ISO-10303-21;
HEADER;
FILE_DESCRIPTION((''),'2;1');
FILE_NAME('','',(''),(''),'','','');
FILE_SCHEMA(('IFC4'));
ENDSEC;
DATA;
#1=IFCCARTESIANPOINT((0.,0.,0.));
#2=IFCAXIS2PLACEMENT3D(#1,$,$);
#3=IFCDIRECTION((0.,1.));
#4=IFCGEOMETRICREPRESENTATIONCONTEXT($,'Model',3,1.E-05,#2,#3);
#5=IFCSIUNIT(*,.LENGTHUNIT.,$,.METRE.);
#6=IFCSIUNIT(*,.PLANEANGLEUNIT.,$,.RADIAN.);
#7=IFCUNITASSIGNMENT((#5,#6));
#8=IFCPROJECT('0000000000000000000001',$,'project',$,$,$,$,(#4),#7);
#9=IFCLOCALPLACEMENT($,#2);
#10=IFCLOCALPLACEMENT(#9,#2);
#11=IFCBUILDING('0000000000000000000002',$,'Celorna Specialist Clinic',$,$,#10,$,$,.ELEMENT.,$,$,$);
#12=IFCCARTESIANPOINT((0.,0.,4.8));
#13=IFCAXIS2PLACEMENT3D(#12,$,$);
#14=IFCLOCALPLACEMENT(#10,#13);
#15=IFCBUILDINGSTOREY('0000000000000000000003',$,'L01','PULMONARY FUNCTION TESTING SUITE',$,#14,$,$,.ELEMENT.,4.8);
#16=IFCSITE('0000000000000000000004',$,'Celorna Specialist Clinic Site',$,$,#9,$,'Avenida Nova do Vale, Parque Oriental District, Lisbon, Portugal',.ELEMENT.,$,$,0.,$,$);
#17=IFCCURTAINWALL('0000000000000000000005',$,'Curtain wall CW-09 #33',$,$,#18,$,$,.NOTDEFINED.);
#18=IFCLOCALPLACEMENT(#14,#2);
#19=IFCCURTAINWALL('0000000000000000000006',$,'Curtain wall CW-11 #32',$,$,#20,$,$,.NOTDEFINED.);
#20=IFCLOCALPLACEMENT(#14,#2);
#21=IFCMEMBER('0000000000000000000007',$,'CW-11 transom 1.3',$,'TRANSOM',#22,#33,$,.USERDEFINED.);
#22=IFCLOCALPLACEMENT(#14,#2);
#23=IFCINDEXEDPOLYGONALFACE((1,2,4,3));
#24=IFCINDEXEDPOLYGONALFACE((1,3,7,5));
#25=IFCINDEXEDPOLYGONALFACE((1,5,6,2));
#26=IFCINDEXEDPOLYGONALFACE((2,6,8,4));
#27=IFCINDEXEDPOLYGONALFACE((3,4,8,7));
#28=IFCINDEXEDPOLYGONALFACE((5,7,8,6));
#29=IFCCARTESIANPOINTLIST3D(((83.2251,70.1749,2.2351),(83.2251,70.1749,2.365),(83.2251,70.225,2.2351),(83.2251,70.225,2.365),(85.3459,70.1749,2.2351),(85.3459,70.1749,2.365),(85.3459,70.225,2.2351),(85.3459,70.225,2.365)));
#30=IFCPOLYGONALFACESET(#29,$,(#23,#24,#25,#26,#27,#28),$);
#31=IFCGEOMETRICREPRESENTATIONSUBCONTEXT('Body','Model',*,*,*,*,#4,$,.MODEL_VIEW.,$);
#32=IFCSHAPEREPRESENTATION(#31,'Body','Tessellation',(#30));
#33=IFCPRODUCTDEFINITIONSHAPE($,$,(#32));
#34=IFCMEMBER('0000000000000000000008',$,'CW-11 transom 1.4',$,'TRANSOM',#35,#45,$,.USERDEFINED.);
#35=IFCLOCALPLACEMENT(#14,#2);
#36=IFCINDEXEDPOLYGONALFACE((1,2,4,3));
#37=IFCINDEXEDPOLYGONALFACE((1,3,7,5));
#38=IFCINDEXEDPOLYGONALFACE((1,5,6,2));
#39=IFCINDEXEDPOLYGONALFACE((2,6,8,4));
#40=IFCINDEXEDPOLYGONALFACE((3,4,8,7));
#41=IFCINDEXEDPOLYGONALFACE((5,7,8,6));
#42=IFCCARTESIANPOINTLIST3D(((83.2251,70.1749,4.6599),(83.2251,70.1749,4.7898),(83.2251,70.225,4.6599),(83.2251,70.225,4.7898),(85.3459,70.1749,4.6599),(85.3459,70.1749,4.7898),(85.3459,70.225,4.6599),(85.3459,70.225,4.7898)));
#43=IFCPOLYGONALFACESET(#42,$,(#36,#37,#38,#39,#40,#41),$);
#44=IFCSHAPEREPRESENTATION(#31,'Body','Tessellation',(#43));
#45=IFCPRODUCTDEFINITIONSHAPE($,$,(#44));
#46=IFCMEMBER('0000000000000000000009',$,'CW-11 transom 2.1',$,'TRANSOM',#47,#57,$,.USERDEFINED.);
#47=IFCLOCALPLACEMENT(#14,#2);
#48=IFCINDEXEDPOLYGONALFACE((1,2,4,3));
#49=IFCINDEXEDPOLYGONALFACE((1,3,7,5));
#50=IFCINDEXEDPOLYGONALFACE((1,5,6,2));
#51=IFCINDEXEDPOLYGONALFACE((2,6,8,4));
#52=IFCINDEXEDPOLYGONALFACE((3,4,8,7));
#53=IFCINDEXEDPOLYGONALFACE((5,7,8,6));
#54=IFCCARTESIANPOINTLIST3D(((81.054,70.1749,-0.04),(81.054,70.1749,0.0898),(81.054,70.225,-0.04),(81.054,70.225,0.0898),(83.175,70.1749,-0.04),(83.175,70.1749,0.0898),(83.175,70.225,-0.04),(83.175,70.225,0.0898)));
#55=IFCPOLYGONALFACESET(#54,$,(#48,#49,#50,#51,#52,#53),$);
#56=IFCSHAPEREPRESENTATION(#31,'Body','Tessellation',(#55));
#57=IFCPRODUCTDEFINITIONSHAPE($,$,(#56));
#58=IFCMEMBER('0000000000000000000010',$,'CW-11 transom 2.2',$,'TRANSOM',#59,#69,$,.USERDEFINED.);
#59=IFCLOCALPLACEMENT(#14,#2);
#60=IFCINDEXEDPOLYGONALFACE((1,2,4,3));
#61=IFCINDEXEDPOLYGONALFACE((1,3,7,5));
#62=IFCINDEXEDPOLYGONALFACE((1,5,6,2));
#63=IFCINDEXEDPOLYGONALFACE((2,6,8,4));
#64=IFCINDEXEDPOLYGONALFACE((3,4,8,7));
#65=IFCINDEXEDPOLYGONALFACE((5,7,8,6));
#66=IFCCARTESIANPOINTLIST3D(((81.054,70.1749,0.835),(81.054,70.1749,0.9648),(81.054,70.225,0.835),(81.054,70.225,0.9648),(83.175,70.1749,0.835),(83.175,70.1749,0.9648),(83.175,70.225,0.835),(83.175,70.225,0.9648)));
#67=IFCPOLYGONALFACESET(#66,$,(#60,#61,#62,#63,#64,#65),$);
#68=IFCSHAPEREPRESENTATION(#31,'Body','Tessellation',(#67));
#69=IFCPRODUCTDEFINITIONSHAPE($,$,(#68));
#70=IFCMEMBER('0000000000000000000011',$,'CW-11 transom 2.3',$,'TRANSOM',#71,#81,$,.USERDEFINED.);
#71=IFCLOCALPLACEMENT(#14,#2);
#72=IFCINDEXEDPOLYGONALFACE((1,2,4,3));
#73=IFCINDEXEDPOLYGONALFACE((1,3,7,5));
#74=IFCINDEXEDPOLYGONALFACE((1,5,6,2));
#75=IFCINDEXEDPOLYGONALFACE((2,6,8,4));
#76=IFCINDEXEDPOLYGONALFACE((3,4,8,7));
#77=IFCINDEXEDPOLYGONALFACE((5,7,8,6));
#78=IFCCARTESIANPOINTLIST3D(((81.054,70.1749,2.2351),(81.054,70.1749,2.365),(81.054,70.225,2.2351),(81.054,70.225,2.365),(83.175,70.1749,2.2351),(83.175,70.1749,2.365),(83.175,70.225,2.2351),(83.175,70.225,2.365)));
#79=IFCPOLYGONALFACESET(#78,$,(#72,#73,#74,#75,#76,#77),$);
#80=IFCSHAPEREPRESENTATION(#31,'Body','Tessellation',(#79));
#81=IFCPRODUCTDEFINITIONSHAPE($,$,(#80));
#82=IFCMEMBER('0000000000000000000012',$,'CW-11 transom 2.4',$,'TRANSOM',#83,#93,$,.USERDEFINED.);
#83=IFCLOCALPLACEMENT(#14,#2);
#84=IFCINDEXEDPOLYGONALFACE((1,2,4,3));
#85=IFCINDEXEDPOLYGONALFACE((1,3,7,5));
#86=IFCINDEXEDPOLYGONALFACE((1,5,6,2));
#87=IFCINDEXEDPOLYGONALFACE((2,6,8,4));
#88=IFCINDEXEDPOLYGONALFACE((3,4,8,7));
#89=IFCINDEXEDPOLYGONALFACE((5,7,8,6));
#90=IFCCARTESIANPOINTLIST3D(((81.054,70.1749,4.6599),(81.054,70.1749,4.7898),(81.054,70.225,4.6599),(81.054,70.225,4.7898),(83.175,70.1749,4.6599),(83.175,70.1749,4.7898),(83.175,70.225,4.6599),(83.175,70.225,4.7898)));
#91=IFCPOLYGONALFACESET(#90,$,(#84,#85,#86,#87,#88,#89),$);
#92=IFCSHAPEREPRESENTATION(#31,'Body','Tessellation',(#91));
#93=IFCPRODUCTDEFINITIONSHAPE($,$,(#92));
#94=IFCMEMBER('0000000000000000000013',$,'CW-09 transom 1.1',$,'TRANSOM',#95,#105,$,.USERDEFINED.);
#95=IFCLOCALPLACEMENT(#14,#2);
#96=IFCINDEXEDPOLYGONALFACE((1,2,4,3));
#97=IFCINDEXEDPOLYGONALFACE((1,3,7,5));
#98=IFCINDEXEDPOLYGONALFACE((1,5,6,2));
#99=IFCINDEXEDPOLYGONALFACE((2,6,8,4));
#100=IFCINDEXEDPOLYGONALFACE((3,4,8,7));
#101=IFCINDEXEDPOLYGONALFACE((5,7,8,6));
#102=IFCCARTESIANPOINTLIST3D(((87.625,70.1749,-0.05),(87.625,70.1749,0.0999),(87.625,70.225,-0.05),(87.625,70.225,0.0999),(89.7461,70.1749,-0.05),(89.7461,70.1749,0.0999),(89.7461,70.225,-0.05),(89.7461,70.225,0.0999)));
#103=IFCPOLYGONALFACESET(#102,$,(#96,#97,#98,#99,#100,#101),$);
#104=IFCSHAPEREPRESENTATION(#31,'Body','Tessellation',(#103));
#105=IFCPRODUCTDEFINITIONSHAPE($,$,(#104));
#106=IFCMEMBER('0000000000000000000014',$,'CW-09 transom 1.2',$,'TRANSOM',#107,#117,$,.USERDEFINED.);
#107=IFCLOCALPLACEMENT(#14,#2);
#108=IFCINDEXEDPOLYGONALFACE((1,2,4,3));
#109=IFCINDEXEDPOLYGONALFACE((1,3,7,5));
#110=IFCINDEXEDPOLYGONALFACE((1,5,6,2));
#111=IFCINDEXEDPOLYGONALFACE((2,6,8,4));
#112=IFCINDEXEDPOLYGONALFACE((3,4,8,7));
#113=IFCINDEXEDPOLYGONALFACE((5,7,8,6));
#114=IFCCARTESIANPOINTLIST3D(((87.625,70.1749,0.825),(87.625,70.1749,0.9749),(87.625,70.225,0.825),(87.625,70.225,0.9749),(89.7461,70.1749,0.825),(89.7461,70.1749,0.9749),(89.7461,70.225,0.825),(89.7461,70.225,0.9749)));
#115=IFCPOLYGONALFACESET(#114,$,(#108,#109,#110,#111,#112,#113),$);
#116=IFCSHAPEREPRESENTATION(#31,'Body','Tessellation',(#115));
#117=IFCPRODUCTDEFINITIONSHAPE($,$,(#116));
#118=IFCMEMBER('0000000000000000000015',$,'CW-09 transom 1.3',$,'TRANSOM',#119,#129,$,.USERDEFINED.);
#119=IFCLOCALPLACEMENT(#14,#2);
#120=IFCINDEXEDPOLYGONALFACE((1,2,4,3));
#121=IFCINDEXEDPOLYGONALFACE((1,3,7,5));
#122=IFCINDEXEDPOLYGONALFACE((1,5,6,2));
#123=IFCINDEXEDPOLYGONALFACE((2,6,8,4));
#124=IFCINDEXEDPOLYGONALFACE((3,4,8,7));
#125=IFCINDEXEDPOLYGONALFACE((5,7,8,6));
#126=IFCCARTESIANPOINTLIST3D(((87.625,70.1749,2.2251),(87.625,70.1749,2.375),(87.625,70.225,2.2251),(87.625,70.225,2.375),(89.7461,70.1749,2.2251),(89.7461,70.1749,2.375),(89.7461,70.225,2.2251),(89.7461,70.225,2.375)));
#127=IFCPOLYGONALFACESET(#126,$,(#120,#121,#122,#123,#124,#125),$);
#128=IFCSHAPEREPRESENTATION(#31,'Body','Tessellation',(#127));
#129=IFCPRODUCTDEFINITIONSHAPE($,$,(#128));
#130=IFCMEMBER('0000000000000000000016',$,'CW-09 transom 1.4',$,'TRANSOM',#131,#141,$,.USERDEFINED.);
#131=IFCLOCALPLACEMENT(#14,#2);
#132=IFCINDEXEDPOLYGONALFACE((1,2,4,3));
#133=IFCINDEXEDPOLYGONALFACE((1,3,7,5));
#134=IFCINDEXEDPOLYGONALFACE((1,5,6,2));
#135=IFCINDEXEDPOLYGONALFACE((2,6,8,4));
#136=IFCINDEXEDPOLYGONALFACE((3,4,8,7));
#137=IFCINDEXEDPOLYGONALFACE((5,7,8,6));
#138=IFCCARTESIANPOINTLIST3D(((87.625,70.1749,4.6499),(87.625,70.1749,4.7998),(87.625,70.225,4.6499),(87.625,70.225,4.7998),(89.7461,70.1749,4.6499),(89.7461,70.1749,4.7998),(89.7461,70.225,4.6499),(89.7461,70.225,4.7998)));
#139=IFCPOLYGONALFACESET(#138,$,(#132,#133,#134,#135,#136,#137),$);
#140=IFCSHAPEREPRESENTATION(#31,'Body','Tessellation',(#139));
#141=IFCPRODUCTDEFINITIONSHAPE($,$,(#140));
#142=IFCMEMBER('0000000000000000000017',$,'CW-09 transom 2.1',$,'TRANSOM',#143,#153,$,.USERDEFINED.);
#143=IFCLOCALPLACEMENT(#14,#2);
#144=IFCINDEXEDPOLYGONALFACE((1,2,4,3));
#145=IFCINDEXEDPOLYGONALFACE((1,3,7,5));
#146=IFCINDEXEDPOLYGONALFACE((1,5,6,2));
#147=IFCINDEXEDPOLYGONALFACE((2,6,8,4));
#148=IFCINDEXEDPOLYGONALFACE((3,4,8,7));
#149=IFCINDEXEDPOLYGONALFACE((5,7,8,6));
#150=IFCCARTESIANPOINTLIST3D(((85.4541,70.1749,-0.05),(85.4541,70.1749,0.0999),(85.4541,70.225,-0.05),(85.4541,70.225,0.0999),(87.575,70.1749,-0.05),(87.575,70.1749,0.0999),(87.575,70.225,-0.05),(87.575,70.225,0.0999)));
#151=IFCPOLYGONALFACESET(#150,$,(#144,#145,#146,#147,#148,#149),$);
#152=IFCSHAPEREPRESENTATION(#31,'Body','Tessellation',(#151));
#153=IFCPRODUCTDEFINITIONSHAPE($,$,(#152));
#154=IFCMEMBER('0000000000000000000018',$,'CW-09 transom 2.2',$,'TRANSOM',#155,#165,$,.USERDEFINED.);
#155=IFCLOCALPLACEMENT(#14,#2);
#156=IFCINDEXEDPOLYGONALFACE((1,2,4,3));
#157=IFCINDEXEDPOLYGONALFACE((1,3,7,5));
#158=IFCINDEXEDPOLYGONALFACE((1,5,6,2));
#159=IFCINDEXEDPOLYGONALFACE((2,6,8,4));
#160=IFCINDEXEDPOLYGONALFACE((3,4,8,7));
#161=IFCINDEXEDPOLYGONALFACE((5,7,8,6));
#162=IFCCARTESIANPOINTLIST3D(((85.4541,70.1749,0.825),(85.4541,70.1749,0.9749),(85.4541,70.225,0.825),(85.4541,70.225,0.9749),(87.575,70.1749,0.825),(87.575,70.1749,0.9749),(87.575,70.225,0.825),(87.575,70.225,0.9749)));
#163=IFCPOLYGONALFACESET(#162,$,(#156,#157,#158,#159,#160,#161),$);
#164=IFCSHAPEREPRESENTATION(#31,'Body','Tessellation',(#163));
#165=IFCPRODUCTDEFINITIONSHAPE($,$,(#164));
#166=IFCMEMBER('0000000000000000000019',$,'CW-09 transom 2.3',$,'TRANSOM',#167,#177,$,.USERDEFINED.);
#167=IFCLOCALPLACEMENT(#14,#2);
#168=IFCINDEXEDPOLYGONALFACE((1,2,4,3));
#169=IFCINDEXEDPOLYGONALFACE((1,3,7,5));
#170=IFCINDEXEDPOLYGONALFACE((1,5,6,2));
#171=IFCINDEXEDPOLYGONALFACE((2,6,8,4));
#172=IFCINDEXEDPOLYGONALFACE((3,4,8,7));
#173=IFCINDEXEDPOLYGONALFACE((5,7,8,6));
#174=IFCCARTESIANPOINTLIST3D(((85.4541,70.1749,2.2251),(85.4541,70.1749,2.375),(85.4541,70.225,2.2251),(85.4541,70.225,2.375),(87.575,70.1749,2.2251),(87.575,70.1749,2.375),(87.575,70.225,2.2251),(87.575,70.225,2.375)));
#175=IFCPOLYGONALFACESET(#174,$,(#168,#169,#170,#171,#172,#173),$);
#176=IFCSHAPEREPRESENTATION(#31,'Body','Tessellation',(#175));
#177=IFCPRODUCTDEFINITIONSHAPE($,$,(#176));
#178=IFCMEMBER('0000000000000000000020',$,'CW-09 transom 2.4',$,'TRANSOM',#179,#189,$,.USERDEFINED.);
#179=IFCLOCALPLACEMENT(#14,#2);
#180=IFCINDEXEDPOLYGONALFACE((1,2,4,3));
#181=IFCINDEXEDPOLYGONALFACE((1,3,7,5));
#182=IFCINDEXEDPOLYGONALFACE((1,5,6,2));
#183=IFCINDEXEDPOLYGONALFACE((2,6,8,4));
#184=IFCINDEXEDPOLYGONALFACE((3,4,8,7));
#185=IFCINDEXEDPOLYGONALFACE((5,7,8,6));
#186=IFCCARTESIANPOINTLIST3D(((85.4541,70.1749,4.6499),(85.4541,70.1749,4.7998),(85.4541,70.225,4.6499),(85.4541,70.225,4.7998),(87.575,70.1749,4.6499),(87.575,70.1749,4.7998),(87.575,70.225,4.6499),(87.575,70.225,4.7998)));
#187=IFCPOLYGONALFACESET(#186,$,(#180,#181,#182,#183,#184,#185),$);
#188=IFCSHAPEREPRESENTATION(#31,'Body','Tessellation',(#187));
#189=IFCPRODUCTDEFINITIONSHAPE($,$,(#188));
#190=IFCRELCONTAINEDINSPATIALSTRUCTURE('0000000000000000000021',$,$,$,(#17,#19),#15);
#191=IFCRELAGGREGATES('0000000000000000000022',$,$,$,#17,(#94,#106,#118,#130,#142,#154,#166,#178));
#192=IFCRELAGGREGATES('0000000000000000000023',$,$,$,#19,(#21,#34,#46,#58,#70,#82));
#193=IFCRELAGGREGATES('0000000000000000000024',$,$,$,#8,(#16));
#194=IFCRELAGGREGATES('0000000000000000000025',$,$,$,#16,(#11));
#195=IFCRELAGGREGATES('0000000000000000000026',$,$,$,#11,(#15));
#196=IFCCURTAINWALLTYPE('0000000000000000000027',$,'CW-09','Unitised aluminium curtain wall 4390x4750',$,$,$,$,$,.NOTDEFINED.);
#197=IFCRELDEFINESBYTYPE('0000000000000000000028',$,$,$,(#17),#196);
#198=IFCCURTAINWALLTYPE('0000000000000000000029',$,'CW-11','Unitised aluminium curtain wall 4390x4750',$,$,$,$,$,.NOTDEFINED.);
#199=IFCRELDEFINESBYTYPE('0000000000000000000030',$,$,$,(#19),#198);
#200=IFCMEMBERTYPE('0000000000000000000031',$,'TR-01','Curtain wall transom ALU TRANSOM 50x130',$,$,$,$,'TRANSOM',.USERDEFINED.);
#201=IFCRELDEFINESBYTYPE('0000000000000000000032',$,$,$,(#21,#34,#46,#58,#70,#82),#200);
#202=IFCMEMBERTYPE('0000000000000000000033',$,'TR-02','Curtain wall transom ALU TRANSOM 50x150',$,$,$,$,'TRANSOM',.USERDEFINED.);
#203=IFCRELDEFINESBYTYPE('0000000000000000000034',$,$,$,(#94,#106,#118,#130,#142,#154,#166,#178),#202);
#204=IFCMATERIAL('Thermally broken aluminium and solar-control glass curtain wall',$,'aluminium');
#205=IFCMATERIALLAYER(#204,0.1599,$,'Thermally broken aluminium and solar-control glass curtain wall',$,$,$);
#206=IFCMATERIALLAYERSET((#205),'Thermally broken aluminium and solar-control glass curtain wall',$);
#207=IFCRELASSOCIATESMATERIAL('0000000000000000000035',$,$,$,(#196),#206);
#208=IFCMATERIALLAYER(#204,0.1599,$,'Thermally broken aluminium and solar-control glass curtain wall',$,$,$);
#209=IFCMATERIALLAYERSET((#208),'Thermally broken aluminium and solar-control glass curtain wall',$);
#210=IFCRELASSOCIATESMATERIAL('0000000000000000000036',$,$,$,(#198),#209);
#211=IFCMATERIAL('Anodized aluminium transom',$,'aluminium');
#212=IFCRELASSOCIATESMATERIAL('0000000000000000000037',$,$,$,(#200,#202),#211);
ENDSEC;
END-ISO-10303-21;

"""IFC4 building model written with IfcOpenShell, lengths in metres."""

from ifc_helpers import new_model, si_unit, direction, frame, origin, origin_2d, place, context, subcontext, project, spatial, rectangle, extrude, material, layer, layer_set, material_profile, profile_set, type_object, element, aggregate, save


model = new_model("IFC4")

# Units and contexts
model_context = context("Model", 3, precision=1e-05, world=origin(), true_north=direction((0.0, 1.0)))
body_context = subcontext(model_context, "Body", "Model", "MODEL_VIEW")
ifc_project = project(units=[si_unit("LENGTHUNIT", "METRE"), si_unit("PLANEANGLEUNIT", "RADIAN")], contexts=[model_context])

# Site, building, storey
site_placement = place(None, origin())
site = spatial("IfcSite", under=ifc_project, at=site_placement, Name="Celorna Specialist Clinic Site", LongName="Avenida Nova do Vale, Parque Oriental District, Lisbon, Portugal", CompositionType="ELEMENT", RefElevation=0.0)
building_placement = place(site_placement, origin())
building = spatial("IfcBuilding", under=site, at=building_placement, Name="Celorna Specialist Clinic", CompositionType="ELEMENT")
storey_placement = place(building_placement, frame((0.0, 0.0, 4.8)))
storey = spatial("IfcBuildingStorey", under=building, at=storey_placement, Name="L01", Description="PULMONARY FUNCTION TESTING SUITE", CompositionType="ELEMENT", Elevation=4.8)

# Curtain walls, members
ifc_material_1 = material(Name="Thermally broken aluminium and solar-control glass curtain wall", Category="aluminium")
ifc_layer_1 = layer(ifc_material_1, 0.1599, Name="Thermally broken aluminium and solar-control glass curtain wall")
ifc_layer_set_1 = layer_set([ifc_layer_1], Name="Thermally broken aluminium and solar-control glass curtain wall")
curtain_wall_type_1 = type_object("IfcCurtainWallType", Name="CW-09", Description="Unitised aluminium curtain wall 4390x4750", PredefinedType="NOTDEFINED", material=ifc_layer_set_1)
curtain_wall_1_placement = place(storey_placement, origin())
curtain_wall_1 = element("IfcCurtainWall", 1, at=curtain_wall_1_placement, inside=storey, type_object=curtain_wall_type_1, Name="Curtain wall CW-09 #33", PredefinedType="NOTDEFINED")
ifc_layer_2 = layer(ifc_material_1, 0.1599, Name="Thermally broken aluminium and solar-control glass curtain wall")
ifc_layer_set_2 = layer_set([ifc_layer_2], Name="Thermally broken aluminium and solar-control glass curtain wall")
curtain_wall_type_2 = type_object("IfcCurtainWallType", Name="CW-11", Description="Unitised aluminium curtain wall 4390x4750", PredefinedType="NOTDEFINED", material=ifc_layer_set_2)
curtain_wall_2_placement = place(storey_placement, origin())
curtain_wall_2 = element("IfcCurtainWall", 2, at=curtain_wall_2_placement, inside=storey, type_object=curtain_wall_type_2, Name="Curtain wall CW-11 #32", PredefinedType="NOTDEFINED")
ifc_material_2 = material(Name="Anodized aluminium transom", Category="aluminium")
ifc_material_profile_1 = material_profile(ifc_material_2, rectangle(XDim=0.05, YDim=0.1299, at=origin_2d()), Name="ALU TRANSOM 50x130")
ifc_profile_set_1 = profile_set([ifc_material_profile_1], Name="Anodized aluminium transom")
member_type_1 = type_object("IfcMemberType", Name="TR-01", Description="Curtain wall transom ALU TRANSOM 50x130", ElementType="TRANSOM", PredefinedType="USERDEFINED", material=ifc_profile_set_1)
member_1_placement = place(storey_placement, frame((85.3459, 70.2, 2.3), z_axis=(-1.0, 0.0, 0.0), x_axis=(0.0, -1.0, 0.0)))
member_1 = element("IfcMember", 3, at=member_1_placement, type_object=member_type_1, Name="CW-11 transom 1.3", ObjectType="TRANSOM", PredefinedType="USERDEFINED", context=body_context, shape_type="SweptSolid", body=[
    extrude(rectangle(XDim=0.05, YDim=0.1299, at=origin_2d()), origin(), (0.0, 0.0, 1.0), 2.1208),
])
member_2_placement = place(storey_placement, frame((85.3459, 70.2, 4.7249), z_axis=(-1.0, 0.0, 0.0), x_axis=(0.0, -1.0, 0.0)))
member_2 = element("IfcMember", 4, at=member_2_placement, type_object=member_type_1, Name="CW-11 transom 1.4", ObjectType="TRANSOM", PredefinedType="USERDEFINED", context=body_context, shape_type="SweptSolid", body=[
    extrude(rectangle(XDim=0.05, YDim=0.1299, at=origin_2d()), origin(), (0.0, 0.0, 1.0), 2.1208),
])
member_3_placement = place(storey_placement, frame((83.175, 70.2, 0.0249), z_axis=(-1.0, 0.0, 0.0), x_axis=(0.0, -1.0, 0.0)))
member_3 = element("IfcMember", 5, at=member_3_placement, type_object=member_type_1, Name="CW-11 transom 2.1", ObjectType="TRANSOM", PredefinedType="USERDEFINED", context=body_context, shape_type="SweptSolid", body=[
    extrude(rectangle(XDim=0.05, YDim=0.1299, at=origin_2d()), origin(), (0.0, 0.0, 1.0), 2.1211),
])
member_4_placement = place(storey_placement, frame((83.175, 70.2, 0.8999), z_axis=(-1.0, 0.0, 0.0), x_axis=(0.0, -1.0, 0.0)))
member_4 = element("IfcMember", 6, at=member_4_placement, type_object=member_type_1, Name="CW-11 transom 2.2", ObjectType="TRANSOM", PredefinedType="USERDEFINED", context=body_context, shape_type="SweptSolid", body=[
    extrude(rectangle(XDim=0.05, YDim=0.1299, at=origin_2d()), origin(), (0.0, 0.0, 1.0), 2.1211),
])
member_5_placement = place(storey_placement, frame((83.175, 70.2, 2.3), z_axis=(-1.0, 0.0, 0.0), x_axis=(0.0, -1.0, 0.0)))
member_5 = element("IfcMember", 7, at=member_5_placement, type_object=member_type_1, Name="CW-11 transom 2.3", ObjectType="TRANSOM", PredefinedType="USERDEFINED", context=body_context, shape_type="SweptSolid", body=[
    extrude(rectangle(XDim=0.05, YDim=0.1299, at=origin_2d()), origin(), (0.0, 0.0, 1.0), 2.1211),
])
member_6_placement = place(storey_placement, frame((83.175, 70.2, 4.7249), z_axis=(-1.0, 0.0, 0.0), x_axis=(0.0, -1.0, 0.0)))
member_6 = element("IfcMember", 8, at=member_6_placement, type_object=member_type_1, Name="CW-11 transom 2.4", ObjectType="TRANSOM", PredefinedType="USERDEFINED", context=body_context, shape_type="SweptSolid", body=[
    extrude(rectangle(XDim=0.05, YDim=0.1299, at=origin_2d()), origin(), (0.0, 0.0, 1.0), 2.1211),
])

# Members
ifc_material_profile_2 = material_profile(ifc_material_2, rectangle(XDim=0.05, YDim=0.1499, at=origin_2d()), Name="ALU TRANSOM 50x150")
ifc_profile_set_2 = profile_set([ifc_material_profile_2], Name="Anodized aluminium transom")
member_type_2 = type_object("IfcMemberType", Name="TR-02", Description="Curtain wall transom ALU TRANSOM 50x150", ElementType="TRANSOM", PredefinedType="USERDEFINED", material=ifc_profile_set_2)
member_7_placement = place(storey_placement, frame((89.7461, 70.2, 0.0249), z_axis=(-1.0, 0.0, 0.0), x_axis=(0.0, -1.0, 0.0)))
member_7 = element("IfcMember", 9, at=member_7_placement, type_object=member_type_2, Name="CW-09 transom 1.1", ObjectType="TRANSOM", PredefinedType="USERDEFINED", context=body_context, shape_type="SweptSolid", body=[
    extrude(rectangle(XDim=0.05, YDim=0.1499, at=origin_2d()), origin(), (0.0, 0.0, 1.0), 2.1211),
])
member_8_placement = place(storey_placement, frame((89.7461, 70.2, 0.8999), z_axis=(-1.0, 0.0, 0.0), x_axis=(0.0, -1.0, 0.0)))
member_8 = element("IfcMember", 10, at=member_8_placement, type_object=member_type_2, Name="CW-09 transom 1.2", ObjectType="TRANSOM", PredefinedType="USERDEFINED", context=body_context, shape_type="SweptSolid", body=[
    extrude(rectangle(XDim=0.05, YDim=0.1499, at=origin_2d()), origin(), (0.0, 0.0, 1.0), 2.1211),
])
member_9_placement = place(storey_placement, frame((89.7461, 70.2, 2.3), z_axis=(-1.0, 0.0, 0.0), x_axis=(0.0, -1.0, 0.0)))
member_9 = element("IfcMember", 11, at=member_9_placement, type_object=member_type_2, Name="CW-09 transom 1.3", ObjectType="TRANSOM", PredefinedType="USERDEFINED", context=body_context, shape_type="SweptSolid", body=[
    extrude(rectangle(XDim=0.05, YDim=0.1499, at=origin_2d()), origin(), (0.0, 0.0, 1.0), 2.1211),
])
member_10_placement = place(storey_placement, frame((89.7461, 70.2, 4.7249), z_axis=(-1.0, 0.0, 0.0), x_axis=(0.0, -1.0, 0.0)))
member_10 = element("IfcMember", 12, at=member_10_placement, type_object=member_type_2, Name="CW-09 transom 1.4", ObjectType="TRANSOM", PredefinedType="USERDEFINED", context=body_context, shape_type="SweptSolid", body=[
    extrude(rectangle(XDim=0.05, YDim=0.1499, at=origin_2d()), origin(), (0.0, 0.0, 1.0), 2.1211),
])
member_11_placement = place(storey_placement, frame((87.575, 70.2, 0.0249), z_axis=(-1.0, 0.0, 0.0), x_axis=(0.0, -1.0, 0.0)))
member_11 = element("IfcMember", 13, at=member_11_placement, type_object=member_type_2, Name="CW-09 transom 2.1", ObjectType="TRANSOM", PredefinedType="USERDEFINED", context=body_context, shape_type="SweptSolid", body=[
    extrude(rectangle(XDim=0.05, YDim=0.1499, at=origin_2d()), origin(), (0.0, 0.0, 1.0), 2.1208),
])
member_12_placement = place(storey_placement, frame((87.575, 70.2, 0.8999), z_axis=(-1.0, 0.0, 0.0), x_axis=(0.0, -1.0, 0.0)))
member_12 = element("IfcMember", 14, at=member_12_placement, type_object=member_type_2, Name="CW-09 transom 2.2", ObjectType="TRANSOM", PredefinedType="USERDEFINED", context=body_context, shape_type="SweptSolid", body=[
    extrude(rectangle(XDim=0.05, YDim=0.1499, at=origin_2d()), origin(), (0.0, 0.0, 1.0), 2.1208),
])
member_13_placement = place(storey_placement, frame((87.575, 70.2, 2.3), z_axis=(-1.0, 0.0, 0.0), x_axis=(0.0, -1.0, 0.0)))
member_13 = element("IfcMember", 15, at=member_13_placement, type_object=member_type_2, Name="CW-09 transom 2.3", ObjectType="TRANSOM", PredefinedType="USERDEFINED", context=body_context, shape_type="SweptSolid", body=[
    extrude(rectangle(XDim=0.05, YDim=0.1499, at=origin_2d()), origin(), (0.0, 0.0, 1.0), 2.1208),
])
member_14_placement = place(storey_placement, frame((87.575, 70.2, 4.7249), z_axis=(-1.0, 0.0, 0.0), x_axis=(0.0, -1.0, 0.0)))
member_14 = element("IfcMember", 16, at=member_14_placement, type_object=member_type_2, Name="CW-09 transom 2.4", ObjectType="TRANSOM", PredefinedType="USERDEFINED", context=body_context, shape_type="SweptSolid", body=[
    extrude(rectangle(XDim=0.05, YDim=0.1499, at=origin_2d()), origin(), (0.0, 0.0, 1.0), 2.1208),
])

aggregate(curtain_wall_1, [member_7, member_8, member_9, member_10, member_11, member_12, member_13, member_14])
aggregate(curtain_wall_2, [member_1, member_2, member_3, member_4, member_5, member_6])

save(model, "model.ifc")
